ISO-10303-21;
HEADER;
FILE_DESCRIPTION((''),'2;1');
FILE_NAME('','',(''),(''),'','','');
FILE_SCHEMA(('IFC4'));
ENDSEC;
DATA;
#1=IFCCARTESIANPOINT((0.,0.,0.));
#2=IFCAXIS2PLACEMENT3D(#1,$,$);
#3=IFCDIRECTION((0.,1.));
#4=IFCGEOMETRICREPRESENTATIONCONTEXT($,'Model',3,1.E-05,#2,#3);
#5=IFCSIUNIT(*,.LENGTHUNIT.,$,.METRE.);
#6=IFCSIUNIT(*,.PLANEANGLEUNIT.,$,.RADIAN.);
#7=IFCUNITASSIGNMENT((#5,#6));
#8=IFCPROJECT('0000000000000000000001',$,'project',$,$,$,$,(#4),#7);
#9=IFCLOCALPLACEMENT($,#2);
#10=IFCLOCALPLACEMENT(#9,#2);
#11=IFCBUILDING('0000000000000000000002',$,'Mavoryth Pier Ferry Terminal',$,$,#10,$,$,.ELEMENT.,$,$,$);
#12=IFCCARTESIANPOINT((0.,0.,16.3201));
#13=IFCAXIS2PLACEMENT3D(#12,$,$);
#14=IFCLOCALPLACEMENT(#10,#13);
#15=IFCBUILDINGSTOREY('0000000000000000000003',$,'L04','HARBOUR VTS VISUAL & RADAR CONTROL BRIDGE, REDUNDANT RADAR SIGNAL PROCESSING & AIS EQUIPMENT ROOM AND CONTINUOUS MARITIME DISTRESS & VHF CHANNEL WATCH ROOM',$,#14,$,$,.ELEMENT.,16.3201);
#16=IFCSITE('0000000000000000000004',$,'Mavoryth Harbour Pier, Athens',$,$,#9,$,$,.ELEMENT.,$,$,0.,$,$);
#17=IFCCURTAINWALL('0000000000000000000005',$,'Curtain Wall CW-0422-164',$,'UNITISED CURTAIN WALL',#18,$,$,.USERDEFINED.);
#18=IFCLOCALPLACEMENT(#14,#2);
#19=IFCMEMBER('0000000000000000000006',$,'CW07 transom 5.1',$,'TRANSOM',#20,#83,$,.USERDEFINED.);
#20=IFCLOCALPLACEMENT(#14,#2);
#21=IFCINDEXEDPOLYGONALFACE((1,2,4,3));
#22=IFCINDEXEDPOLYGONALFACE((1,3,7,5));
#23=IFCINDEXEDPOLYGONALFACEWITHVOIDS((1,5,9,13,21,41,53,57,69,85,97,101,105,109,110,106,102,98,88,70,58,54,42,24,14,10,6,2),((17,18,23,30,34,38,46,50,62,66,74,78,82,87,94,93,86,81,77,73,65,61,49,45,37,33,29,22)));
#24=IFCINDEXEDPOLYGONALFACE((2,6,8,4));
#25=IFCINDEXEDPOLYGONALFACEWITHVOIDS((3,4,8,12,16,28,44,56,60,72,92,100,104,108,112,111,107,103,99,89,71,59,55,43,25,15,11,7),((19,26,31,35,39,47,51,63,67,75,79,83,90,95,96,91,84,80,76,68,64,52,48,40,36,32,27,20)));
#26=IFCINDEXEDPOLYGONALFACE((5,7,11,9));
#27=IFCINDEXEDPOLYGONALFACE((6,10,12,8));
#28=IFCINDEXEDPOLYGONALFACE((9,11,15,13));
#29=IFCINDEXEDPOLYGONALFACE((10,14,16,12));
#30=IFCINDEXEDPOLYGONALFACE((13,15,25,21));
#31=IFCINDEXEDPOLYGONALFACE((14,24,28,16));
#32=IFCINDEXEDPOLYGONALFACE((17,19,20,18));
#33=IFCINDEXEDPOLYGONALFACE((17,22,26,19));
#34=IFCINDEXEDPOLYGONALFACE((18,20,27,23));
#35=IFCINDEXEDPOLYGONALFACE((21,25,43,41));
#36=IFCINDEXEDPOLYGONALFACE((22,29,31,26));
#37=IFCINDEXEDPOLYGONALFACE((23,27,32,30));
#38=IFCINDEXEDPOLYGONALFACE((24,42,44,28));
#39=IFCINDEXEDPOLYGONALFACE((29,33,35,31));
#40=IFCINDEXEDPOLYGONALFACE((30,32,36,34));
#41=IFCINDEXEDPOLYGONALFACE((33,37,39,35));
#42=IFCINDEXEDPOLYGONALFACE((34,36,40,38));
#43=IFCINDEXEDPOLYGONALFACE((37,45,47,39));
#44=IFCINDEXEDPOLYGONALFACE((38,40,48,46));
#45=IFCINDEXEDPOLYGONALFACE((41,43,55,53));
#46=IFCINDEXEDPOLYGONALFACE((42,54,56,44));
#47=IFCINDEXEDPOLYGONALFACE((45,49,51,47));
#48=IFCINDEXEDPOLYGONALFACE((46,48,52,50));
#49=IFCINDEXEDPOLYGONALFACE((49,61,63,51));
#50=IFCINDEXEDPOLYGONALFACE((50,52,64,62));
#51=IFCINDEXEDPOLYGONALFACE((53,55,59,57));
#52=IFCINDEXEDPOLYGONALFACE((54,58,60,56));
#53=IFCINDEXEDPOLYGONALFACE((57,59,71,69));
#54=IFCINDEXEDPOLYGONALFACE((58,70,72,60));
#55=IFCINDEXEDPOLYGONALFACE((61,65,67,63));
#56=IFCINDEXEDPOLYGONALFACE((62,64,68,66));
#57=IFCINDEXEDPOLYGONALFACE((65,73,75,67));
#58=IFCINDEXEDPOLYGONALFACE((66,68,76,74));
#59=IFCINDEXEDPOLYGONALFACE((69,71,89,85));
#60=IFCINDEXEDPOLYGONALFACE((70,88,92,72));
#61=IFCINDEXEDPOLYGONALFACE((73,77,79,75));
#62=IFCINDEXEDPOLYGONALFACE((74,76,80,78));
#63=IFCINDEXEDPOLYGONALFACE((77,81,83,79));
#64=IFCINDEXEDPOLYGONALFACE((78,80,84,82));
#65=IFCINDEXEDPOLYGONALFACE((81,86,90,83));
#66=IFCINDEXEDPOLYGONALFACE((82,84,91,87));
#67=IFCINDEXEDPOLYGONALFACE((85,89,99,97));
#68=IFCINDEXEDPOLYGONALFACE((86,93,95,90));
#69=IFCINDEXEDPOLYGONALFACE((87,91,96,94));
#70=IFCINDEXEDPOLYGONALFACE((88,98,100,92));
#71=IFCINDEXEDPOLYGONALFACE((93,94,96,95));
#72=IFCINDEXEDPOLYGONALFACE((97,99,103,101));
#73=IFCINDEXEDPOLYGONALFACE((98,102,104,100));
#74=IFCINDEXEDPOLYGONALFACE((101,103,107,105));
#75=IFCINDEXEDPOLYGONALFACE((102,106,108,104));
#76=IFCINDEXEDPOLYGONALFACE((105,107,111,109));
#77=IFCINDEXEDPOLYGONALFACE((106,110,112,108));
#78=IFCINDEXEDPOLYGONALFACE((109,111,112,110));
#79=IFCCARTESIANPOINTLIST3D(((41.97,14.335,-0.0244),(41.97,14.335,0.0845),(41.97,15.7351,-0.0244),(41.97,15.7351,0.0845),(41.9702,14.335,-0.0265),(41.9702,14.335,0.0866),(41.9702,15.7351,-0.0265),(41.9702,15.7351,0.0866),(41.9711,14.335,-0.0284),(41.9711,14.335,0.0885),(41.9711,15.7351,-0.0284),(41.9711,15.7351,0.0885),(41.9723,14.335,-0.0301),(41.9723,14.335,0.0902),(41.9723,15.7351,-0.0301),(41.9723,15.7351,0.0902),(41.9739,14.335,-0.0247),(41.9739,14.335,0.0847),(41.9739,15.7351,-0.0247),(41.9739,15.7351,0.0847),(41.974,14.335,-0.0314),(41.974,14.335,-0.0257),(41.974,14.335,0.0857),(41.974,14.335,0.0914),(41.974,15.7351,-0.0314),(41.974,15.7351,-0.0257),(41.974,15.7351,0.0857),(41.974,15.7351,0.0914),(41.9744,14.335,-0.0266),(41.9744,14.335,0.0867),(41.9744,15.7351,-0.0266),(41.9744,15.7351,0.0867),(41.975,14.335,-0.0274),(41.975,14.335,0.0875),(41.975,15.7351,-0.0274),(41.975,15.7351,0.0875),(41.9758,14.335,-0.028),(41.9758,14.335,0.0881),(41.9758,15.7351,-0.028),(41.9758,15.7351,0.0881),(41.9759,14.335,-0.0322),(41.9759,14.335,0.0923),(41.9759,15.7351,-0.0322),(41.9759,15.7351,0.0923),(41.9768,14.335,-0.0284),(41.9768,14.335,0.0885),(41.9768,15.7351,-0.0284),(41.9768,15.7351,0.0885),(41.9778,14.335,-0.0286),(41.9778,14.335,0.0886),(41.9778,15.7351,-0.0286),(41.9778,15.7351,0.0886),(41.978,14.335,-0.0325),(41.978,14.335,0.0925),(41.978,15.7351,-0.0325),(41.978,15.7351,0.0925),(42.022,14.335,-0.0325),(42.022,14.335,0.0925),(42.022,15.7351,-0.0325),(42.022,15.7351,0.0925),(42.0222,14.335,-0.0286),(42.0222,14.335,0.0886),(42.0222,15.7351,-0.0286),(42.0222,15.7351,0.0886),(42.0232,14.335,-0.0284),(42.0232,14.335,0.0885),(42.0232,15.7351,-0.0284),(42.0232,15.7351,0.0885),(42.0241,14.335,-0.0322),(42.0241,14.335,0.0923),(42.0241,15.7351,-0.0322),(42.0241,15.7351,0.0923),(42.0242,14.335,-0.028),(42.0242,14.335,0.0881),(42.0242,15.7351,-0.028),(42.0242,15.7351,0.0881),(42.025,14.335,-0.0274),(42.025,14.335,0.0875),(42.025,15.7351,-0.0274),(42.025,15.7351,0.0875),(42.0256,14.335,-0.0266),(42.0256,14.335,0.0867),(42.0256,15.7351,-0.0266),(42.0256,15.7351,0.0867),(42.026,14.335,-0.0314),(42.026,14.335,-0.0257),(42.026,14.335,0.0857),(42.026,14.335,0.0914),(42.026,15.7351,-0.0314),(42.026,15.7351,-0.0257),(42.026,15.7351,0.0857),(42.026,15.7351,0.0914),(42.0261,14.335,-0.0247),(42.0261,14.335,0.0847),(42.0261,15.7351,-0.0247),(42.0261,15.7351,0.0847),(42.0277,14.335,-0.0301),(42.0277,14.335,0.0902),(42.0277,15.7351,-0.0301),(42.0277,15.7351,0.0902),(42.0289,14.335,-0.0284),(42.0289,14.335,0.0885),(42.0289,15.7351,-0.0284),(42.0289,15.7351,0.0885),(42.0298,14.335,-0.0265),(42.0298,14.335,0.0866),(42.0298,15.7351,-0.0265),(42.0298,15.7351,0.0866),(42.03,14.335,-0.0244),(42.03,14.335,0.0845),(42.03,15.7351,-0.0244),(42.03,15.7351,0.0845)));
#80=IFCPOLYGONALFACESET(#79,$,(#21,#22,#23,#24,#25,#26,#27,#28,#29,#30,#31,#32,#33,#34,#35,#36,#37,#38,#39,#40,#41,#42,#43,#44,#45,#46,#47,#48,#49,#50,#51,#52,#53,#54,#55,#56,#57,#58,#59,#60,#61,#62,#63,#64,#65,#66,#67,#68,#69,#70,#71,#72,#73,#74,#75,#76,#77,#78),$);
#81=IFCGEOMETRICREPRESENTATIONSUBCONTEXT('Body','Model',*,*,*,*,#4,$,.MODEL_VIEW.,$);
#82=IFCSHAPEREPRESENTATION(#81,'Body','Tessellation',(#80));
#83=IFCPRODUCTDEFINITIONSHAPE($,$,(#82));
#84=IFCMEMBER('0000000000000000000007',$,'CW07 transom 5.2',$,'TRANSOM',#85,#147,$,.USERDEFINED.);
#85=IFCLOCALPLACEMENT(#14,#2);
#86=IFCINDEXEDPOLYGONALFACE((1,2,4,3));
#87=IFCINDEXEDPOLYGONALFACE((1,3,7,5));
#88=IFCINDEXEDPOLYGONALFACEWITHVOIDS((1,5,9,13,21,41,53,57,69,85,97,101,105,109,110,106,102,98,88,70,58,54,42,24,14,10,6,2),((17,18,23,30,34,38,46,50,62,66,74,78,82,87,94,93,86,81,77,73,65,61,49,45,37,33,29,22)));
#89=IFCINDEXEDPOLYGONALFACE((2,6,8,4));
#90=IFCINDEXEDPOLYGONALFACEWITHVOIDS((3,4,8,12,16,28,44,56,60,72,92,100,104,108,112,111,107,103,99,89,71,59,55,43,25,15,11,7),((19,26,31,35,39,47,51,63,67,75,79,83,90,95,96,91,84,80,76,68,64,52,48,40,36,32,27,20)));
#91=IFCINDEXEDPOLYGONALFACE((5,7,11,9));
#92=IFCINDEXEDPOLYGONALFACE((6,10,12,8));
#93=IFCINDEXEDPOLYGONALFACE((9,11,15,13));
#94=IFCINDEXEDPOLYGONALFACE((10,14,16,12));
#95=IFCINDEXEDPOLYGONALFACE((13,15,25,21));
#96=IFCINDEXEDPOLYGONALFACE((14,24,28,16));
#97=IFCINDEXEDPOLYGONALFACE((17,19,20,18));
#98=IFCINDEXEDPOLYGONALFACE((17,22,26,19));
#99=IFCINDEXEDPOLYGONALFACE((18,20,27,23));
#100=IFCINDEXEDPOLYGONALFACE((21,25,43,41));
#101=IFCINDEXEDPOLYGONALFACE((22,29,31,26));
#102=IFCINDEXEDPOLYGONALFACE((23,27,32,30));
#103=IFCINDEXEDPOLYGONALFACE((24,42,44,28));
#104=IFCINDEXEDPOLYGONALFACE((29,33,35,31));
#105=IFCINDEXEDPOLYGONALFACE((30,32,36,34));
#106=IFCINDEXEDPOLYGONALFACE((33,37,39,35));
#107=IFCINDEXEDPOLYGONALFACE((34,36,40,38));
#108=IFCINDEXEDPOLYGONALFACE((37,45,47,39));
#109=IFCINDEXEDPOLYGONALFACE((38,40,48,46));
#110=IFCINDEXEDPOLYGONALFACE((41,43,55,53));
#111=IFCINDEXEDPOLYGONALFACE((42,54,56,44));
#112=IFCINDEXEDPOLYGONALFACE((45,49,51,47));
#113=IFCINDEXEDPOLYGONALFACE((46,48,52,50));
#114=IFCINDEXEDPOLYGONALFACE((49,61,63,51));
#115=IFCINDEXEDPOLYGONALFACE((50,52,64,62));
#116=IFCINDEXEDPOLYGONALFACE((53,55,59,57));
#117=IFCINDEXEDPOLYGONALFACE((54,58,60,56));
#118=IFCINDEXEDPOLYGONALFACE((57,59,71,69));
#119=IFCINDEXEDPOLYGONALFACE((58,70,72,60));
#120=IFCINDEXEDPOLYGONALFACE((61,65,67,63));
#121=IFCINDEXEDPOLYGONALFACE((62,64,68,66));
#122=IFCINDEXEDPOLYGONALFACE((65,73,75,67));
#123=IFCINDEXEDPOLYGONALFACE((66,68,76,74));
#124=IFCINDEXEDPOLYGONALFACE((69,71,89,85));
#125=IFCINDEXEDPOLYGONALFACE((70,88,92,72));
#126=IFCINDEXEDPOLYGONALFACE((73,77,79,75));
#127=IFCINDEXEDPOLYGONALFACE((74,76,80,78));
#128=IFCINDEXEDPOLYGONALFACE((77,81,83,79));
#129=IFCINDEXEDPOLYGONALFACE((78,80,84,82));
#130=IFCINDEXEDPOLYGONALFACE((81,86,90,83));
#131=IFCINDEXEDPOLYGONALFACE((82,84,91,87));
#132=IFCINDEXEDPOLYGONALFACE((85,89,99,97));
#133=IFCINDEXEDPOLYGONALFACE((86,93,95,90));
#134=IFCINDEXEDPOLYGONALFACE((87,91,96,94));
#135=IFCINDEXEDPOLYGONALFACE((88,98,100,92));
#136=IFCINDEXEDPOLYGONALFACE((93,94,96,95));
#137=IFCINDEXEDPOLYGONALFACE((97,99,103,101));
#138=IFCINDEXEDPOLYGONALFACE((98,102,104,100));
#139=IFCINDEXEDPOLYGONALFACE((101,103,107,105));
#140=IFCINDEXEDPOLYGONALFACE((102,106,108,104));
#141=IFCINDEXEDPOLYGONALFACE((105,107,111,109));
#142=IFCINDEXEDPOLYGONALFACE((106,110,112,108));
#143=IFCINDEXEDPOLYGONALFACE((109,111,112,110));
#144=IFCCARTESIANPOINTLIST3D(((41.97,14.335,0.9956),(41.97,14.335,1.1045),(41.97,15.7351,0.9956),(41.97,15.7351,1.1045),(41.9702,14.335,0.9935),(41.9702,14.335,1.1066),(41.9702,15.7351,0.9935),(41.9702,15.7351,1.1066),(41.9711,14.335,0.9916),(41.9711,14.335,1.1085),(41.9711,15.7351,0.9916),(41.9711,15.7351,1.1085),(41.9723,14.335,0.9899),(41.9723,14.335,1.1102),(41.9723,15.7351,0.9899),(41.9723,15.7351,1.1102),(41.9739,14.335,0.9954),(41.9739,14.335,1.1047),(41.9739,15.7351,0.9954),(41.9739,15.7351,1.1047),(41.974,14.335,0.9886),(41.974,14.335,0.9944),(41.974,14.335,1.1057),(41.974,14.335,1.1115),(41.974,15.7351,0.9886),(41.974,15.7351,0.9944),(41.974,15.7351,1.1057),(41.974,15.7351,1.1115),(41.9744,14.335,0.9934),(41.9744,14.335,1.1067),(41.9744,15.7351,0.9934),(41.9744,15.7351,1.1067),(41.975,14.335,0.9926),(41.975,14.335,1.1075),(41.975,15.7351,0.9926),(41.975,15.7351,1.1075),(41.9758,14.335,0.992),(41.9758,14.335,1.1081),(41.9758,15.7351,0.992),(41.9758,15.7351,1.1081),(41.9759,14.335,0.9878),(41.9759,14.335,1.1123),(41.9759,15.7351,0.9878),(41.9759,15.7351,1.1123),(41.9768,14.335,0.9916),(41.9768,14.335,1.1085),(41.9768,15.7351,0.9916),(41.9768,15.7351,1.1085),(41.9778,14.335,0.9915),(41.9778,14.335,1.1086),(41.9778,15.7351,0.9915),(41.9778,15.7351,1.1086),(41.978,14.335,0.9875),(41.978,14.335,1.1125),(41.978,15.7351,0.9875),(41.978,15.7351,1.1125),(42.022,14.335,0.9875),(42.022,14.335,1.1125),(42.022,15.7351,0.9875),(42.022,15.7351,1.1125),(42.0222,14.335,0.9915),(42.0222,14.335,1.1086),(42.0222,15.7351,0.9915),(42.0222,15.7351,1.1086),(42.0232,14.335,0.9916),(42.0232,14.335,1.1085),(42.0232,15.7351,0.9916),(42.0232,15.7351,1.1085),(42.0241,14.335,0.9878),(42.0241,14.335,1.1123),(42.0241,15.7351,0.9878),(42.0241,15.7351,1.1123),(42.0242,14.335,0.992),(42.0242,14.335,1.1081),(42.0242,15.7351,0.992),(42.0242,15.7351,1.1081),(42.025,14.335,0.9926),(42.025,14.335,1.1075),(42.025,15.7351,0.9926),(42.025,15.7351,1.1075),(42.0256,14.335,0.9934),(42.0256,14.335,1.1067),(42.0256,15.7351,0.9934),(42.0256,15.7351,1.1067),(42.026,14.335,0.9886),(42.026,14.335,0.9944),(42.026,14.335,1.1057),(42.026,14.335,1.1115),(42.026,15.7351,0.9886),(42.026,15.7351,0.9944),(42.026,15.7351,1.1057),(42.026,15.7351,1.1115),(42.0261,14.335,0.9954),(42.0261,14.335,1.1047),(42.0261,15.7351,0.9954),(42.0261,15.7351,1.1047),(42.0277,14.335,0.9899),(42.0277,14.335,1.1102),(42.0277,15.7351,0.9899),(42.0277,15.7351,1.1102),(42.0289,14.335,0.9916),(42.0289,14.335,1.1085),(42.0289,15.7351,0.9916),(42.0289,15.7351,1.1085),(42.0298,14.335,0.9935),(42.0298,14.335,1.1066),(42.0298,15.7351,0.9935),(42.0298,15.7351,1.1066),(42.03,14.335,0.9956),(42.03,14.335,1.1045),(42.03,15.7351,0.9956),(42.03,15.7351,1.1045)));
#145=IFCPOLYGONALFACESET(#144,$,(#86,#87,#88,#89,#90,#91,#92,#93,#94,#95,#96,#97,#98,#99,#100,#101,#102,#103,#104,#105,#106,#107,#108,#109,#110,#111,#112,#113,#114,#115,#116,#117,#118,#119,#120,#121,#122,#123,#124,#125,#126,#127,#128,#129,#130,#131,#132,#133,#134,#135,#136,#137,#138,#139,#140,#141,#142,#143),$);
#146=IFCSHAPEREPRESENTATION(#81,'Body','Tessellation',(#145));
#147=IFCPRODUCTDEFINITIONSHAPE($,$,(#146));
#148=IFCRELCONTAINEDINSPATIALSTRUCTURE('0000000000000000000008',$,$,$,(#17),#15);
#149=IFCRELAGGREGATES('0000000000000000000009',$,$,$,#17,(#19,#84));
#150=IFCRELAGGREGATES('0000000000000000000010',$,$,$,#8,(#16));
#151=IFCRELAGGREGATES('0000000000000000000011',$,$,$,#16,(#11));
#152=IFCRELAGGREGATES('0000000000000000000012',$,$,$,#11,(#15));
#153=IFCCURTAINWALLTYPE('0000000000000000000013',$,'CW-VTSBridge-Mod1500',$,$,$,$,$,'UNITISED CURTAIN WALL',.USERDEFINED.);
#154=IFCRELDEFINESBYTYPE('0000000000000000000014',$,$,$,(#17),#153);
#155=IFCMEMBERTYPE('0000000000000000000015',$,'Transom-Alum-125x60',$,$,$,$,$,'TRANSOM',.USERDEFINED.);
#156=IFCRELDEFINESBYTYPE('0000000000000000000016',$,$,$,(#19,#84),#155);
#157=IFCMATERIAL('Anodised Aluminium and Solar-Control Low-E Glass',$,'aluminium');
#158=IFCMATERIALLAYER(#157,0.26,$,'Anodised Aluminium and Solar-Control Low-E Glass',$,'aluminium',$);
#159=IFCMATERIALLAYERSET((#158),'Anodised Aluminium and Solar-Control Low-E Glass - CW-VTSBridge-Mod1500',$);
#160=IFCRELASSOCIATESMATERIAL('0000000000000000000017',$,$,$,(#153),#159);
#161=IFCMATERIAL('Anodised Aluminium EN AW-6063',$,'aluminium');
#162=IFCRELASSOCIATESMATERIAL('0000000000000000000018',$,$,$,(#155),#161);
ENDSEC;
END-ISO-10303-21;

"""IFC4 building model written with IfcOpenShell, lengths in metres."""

from ifc_helpers import new_model, si_unit, direction, frame, origin, origin_2d, place, context, subcontext, project, spatial, hollow_rectangle, extrude, material, layer, layer_set, material_profile, profile_set, type_object, element, aggregate, save


model = new_model("IFC4")

# Units and contexts
model_context = context("Model", 3, precision=1e-05, world=origin(), true_north=direction((0.0, 1.0)))
body_context = subcontext(model_context, "Body", "Model", "MODEL_VIEW")
ifc_project = project(units=[si_unit("LENGTHUNIT", "METRE"), si_unit("PLANEANGLEUNIT", "RADIAN")], contexts=[model_context])

# Site, building, storey
site_placement = place(None, origin())
site = spatial("IfcSite", under=ifc_project, at=site_placement, Name="Mavoryth Harbour Pier, Athens", CompositionType="ELEMENT", RefElevation=0.0)
building_placement = place(site_placement, origin())
building = spatial("IfcBuilding", under=site, at=building_placement, Name="Mavoryth Pier Ferry Terminal", CompositionType="ELEMENT")
storey_placement = place(building_placement, frame((0.0, 0.0, 16.3201)))
storey = spatial("IfcBuildingStorey", under=building, at=storey_placement, Name="L04", Description="HARBOUR VTS VISUAL & RADAR CONTROL BRIDGE, REDUNDANT RADAR SIGNAL PROCESSING & AIS EQUIPMENT ROOM AND CONTINUOUS MARITIME DISTRESS & VHF CHANNEL WATCH ROOM", CompositionType="ELEMENT", Elevation=16.3201)

# Shared definitions
ifc_material_1 = material(Name="Anodised Aluminium and Solar-Control Low-E Glass", Category="aluminium")
ifc_layer_1 = layer(ifc_material_1, 0.26, Name="Anodised Aluminium and Solar-Control Low-E Glass", Category="aluminium")
ifc_layer_set_1 = layer_set([ifc_layer_1], Name="Anodised Aluminium and Solar-Control Low-E Glass - CW-VTSBridge-Mod1500")
curtain_wall_type = type_object("IfcCurtainWallType", Name="CW-VTSBridge-Mod1500", ElementType="UNITISED CURTAIN WALL", PredefinedType="USERDEFINED", material=ifc_layer_set_1)
ifc_material_2 = material(Name="Anodised Aluminium EN AW-6063", Category="aluminium")

# Shared definitions
ifc_material_profile_1 = material_profile(ifc_material_2, hollow_rectangle(XDim=0.0601, YDim=0.125, WallThickness=0.0039, InnerFilletRadius=0.0039, OuterFilletRadius=0.0081, at=origin_2d()), Name="AL-TRAN 125x60x4", Category="aluminium")
ifc_profile_set_1 = profile_set([ifc_material_profile_1], Name="Anodised Aluminium EN AW-6063 - AL-TRAN 125x60x4")
member_type_1 = type_object("IfcMemberType", Name="Transom-Alum-125x60", ElementType="TRANSOM", PredefinedType="USERDEFINED", material=ifc_profile_set_1)

# Curtain wall, members
curtain_wall_1_placement = place(storey_placement, origin())
curtain_wall_1 = element("IfcCurtainWall", 1, at=curtain_wall_1_placement, inside=storey, type_object=curtain_wall_type, Name="Curtain Wall CW-0422-164", ObjectType="UNITISED CURTAIN WALL", PredefinedType="USERDEFINED")
member_1_placement = place(storey_placement, frame((42.0, 15.7351, 0.03), z_axis=(0.0, -1.0, 0.0), x_axis=(1.0, 0.0, 0.0)))
member_1 = element("IfcMember", 2, at=member_1_placement, type_object=member_type_1, Name="CW07 transom 5.1", ObjectType="TRANSOM", PredefinedType="USERDEFINED", context=body_context, shape_type="SweptSolid", body=[
    extrude(hollow_rectangle(XDim=0.0601, YDim=0.125, WallThickness=0.0039, InnerFilletRadius=0.0039, OuterFilletRadius=0.0081, at=origin_2d()), origin(), (0.0, 0.0, 1.0), 1.4001),
])
member_2_placement = place(storey_placement, frame((42.0, 15.7351, 1.05), z_axis=(0.0, -1.0, 0.0), x_axis=(1.0, 0.0, 0.0)))
member_2 = element("IfcMember", 3, at=member_2_placement, type_object=member_type_1, Name="CW07 transom 5.2", ObjectType="TRANSOM", PredefinedType="USERDEFINED", context=body_context, shape_type="SweptSolid", body=[
    extrude(hollow_rectangle(XDim=0.0601, YDim=0.125, WallThickness=0.0039, InnerFilletRadius=0.0039, OuterFilletRadius=0.0081, at=origin_2d()), origin(), (0.0, 0.0, 1.0), 1.4001),
])

aggregate(curtain_wall_1, [member_1, member_2])

save(model, "model.ifc")
